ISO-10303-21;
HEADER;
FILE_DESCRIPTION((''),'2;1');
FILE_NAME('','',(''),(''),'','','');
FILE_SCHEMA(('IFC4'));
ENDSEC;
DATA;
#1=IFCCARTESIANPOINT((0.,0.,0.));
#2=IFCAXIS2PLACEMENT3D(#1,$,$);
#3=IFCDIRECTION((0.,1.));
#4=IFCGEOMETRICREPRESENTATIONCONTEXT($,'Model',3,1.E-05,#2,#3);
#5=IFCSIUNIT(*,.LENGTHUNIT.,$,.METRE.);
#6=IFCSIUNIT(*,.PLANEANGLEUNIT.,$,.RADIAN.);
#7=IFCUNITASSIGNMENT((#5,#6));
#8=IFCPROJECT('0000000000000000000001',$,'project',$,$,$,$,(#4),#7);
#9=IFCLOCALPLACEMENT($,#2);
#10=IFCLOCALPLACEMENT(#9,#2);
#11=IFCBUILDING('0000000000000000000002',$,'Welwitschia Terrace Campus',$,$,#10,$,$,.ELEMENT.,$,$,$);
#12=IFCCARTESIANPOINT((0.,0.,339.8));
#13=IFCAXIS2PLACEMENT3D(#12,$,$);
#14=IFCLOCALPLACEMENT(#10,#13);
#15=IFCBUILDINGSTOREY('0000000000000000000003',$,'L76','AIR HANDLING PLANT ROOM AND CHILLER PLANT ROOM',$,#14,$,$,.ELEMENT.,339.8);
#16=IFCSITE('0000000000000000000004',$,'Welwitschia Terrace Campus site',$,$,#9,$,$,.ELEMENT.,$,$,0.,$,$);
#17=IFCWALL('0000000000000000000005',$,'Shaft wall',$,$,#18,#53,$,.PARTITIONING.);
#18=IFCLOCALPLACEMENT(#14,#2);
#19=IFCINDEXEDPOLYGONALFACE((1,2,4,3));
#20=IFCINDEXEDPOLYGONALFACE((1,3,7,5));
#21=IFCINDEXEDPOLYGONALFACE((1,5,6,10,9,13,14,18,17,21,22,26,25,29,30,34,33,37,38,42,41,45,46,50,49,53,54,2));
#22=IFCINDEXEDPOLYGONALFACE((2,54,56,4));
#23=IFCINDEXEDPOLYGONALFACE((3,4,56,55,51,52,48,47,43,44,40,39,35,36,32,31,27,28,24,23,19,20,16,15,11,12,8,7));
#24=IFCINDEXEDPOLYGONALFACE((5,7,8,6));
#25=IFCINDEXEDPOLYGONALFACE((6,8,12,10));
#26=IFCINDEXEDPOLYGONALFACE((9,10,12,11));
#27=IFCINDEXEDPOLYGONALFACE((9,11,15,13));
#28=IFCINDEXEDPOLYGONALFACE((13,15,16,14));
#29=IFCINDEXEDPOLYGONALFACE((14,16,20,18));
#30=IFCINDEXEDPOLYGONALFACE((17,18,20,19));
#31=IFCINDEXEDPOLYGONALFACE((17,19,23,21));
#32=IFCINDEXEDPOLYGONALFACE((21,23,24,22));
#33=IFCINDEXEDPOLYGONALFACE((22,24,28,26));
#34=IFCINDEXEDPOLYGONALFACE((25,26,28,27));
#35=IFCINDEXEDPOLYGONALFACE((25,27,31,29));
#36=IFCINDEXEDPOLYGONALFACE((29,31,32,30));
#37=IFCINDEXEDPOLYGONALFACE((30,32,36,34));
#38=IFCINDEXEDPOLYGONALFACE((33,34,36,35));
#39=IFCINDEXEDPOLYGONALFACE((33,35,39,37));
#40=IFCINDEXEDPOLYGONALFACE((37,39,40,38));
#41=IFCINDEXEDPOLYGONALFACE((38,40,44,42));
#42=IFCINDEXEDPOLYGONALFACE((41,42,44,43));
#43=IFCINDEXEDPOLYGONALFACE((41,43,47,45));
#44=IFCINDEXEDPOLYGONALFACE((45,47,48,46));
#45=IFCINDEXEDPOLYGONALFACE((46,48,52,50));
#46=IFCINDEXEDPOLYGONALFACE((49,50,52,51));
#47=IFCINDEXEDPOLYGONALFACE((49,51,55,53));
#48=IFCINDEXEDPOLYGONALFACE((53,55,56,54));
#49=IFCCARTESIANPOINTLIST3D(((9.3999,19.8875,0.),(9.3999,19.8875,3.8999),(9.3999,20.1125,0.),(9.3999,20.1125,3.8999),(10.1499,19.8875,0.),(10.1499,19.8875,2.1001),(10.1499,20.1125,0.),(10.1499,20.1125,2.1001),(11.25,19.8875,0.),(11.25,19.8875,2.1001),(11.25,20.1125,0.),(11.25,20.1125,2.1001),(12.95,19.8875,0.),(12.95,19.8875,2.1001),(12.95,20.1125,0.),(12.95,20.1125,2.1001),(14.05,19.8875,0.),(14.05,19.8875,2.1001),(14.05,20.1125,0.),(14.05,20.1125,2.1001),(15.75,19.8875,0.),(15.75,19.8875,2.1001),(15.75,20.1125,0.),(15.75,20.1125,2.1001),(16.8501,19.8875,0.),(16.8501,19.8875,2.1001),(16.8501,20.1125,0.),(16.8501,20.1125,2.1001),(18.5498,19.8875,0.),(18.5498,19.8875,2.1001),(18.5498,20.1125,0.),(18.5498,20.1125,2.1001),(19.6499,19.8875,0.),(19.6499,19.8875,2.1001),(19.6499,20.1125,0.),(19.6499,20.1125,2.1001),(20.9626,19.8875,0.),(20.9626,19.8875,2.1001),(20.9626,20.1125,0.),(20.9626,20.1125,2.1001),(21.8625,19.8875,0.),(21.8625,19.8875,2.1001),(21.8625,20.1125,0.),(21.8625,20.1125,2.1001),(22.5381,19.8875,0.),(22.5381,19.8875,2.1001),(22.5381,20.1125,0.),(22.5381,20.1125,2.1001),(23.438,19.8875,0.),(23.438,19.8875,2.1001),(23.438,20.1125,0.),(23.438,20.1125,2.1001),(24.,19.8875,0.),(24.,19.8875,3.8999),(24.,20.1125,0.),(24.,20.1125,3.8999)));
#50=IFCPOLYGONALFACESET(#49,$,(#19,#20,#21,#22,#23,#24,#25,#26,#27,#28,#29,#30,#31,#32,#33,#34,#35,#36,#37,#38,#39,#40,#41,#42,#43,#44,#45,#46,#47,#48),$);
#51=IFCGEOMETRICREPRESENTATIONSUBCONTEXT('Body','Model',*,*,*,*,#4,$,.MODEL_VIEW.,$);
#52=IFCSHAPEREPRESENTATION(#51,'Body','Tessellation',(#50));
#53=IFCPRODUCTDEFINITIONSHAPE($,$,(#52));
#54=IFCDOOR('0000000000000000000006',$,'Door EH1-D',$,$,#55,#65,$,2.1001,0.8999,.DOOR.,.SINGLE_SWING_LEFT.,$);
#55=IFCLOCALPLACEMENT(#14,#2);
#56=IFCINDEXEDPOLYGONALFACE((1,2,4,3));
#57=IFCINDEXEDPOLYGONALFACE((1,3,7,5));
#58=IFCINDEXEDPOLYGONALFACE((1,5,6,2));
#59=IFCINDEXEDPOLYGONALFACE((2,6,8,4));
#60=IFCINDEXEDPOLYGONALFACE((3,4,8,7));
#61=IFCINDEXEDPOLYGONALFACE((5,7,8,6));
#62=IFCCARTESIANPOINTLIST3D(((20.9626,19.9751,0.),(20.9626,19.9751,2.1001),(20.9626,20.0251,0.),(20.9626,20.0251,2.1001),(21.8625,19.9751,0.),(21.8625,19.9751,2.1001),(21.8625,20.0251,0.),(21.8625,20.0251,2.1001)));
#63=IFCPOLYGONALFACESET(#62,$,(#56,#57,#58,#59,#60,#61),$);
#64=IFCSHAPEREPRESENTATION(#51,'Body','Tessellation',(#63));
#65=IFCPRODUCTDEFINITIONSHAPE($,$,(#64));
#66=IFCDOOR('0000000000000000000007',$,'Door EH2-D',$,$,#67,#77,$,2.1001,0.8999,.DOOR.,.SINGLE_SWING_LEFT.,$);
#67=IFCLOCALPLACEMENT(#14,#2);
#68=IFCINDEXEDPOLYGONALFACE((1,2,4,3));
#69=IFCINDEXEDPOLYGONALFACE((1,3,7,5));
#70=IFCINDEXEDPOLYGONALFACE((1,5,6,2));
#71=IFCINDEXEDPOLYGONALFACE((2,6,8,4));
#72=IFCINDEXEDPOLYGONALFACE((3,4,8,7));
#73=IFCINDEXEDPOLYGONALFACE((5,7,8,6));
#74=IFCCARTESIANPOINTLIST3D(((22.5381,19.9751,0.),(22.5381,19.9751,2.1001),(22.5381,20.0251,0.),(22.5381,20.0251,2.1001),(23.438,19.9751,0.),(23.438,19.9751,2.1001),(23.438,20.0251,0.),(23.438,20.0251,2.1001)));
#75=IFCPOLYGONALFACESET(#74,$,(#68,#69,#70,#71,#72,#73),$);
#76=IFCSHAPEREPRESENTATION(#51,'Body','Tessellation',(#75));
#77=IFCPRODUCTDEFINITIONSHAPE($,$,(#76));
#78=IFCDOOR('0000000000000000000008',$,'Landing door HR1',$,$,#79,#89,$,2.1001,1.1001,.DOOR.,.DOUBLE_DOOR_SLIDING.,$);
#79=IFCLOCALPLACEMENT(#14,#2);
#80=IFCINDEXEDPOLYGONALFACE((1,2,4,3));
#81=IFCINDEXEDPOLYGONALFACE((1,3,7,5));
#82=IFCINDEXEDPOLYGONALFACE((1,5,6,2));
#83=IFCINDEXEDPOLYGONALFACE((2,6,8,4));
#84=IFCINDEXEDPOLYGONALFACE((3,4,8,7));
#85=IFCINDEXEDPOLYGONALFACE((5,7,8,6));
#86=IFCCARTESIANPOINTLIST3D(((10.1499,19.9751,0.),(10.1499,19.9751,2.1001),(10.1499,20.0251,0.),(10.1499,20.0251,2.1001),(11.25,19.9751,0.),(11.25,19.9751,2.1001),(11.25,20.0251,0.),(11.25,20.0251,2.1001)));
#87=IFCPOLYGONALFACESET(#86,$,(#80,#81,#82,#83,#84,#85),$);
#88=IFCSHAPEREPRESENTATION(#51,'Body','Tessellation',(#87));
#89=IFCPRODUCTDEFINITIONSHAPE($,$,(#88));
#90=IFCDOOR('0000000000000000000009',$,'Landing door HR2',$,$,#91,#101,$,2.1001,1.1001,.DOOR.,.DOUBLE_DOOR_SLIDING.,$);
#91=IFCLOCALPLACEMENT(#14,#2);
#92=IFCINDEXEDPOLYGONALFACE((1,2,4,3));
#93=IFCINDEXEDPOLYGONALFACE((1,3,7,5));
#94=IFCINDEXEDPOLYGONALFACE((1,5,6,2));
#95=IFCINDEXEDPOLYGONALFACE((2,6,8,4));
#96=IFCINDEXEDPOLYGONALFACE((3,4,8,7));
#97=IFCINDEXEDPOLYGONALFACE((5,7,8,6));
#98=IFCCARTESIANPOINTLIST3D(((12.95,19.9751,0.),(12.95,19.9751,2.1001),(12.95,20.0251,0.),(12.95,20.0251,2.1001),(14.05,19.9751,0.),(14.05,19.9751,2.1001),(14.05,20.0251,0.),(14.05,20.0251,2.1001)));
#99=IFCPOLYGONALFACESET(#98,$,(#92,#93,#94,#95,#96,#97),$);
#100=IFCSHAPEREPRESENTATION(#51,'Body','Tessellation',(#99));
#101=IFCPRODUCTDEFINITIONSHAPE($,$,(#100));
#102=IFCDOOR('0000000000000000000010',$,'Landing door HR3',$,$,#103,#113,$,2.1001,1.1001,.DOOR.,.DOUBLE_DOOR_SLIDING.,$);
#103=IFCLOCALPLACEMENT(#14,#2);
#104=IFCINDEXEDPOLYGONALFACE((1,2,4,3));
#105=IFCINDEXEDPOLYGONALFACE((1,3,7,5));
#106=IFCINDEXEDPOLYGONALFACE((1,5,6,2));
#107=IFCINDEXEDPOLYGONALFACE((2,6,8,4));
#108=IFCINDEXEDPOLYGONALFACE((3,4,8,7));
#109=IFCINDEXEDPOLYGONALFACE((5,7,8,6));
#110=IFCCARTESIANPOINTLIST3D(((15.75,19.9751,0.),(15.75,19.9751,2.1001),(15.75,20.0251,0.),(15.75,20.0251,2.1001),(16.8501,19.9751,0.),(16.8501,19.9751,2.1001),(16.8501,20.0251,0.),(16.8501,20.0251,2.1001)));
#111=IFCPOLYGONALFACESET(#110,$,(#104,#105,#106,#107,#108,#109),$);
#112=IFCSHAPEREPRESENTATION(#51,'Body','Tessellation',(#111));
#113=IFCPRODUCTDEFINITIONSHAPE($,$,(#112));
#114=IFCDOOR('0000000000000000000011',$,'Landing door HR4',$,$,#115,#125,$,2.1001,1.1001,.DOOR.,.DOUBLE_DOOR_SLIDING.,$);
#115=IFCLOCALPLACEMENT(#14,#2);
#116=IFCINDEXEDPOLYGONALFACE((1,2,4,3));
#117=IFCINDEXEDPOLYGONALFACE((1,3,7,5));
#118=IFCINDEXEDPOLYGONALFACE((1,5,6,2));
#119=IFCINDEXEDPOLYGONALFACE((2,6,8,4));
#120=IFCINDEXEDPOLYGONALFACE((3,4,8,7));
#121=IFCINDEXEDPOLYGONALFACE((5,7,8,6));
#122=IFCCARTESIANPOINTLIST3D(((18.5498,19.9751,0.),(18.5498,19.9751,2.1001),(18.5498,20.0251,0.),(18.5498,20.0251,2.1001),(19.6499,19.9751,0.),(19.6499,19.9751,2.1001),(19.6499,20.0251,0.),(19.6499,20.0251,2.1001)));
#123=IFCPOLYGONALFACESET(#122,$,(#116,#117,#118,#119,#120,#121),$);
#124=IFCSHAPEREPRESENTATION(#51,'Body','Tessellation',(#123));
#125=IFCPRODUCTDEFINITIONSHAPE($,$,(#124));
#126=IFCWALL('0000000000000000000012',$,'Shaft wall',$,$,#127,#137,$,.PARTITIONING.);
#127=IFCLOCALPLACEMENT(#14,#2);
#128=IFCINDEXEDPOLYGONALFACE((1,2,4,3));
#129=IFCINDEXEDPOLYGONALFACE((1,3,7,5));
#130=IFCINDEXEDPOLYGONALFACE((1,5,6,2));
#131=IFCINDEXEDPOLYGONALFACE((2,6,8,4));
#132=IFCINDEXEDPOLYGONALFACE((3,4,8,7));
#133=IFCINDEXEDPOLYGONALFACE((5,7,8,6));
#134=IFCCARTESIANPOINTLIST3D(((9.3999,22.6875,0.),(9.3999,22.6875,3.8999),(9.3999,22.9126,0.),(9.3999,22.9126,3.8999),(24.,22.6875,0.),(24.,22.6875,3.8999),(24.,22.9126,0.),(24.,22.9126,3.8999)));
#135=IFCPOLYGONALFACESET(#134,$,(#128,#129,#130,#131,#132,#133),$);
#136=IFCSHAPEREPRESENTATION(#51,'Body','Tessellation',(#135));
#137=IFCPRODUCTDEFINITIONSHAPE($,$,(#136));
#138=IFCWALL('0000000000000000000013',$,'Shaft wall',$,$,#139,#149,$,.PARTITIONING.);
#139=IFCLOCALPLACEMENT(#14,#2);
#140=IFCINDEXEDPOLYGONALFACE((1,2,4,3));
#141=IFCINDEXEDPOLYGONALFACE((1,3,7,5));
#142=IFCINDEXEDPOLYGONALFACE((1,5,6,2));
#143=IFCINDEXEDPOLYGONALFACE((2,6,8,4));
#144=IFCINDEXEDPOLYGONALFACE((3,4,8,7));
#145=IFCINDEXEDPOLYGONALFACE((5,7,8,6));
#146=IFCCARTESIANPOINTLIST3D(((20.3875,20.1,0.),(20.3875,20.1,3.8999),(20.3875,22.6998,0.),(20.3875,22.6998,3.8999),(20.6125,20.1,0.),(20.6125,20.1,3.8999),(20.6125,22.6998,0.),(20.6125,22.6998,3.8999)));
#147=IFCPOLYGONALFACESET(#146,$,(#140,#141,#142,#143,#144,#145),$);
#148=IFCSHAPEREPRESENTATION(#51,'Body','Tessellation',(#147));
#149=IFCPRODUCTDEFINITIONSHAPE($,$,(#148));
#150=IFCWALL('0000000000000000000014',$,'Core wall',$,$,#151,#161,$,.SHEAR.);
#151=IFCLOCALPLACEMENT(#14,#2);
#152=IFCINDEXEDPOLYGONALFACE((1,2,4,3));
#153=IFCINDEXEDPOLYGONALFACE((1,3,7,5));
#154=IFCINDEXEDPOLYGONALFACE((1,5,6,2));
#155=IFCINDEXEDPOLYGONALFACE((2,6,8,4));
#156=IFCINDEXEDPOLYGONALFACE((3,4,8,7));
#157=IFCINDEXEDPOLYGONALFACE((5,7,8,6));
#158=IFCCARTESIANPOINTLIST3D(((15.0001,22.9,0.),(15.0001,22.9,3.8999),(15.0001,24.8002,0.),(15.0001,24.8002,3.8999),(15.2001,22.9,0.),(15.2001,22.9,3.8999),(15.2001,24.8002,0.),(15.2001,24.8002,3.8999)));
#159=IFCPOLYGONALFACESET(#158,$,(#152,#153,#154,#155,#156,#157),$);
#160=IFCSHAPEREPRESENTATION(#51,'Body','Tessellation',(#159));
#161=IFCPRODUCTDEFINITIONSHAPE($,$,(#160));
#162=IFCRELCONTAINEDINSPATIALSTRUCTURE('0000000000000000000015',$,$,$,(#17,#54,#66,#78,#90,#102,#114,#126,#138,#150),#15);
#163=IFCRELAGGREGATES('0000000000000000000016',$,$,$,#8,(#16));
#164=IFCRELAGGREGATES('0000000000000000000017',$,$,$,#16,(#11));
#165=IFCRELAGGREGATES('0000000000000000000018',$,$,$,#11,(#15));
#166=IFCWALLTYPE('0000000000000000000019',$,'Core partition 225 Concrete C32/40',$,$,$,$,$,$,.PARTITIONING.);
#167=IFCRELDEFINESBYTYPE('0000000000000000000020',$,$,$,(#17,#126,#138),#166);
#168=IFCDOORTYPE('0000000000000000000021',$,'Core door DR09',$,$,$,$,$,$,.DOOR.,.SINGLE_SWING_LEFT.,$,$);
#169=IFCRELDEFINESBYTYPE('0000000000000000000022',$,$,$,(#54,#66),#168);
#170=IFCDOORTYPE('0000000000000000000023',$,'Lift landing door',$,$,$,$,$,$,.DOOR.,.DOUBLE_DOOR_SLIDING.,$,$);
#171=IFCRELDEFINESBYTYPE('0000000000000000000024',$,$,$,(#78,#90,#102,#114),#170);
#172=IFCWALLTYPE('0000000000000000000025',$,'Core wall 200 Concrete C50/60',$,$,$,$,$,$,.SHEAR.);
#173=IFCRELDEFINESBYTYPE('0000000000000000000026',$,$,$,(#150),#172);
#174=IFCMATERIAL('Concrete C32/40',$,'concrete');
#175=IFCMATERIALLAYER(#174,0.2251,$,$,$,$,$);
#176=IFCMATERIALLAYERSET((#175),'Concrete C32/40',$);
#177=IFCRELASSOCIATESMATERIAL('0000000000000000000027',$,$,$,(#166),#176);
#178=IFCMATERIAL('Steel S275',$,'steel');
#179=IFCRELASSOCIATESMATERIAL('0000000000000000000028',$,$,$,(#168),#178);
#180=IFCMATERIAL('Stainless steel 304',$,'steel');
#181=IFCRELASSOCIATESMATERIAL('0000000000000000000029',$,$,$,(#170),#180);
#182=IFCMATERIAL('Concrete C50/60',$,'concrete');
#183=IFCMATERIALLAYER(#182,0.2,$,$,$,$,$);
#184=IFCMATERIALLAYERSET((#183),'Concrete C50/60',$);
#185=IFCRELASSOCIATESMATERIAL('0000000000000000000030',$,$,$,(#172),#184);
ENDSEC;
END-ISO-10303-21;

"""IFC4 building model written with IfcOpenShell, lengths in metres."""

from ifc_helpers import new_model, si_unit, direction, frame, frame_2d, origin, place, context, subcontext, project, spatial, rectangle, extrude, material, layer, layer_set, type_object, element, fill, save


model = new_model("IFC4")

# Units and contexts
model_context = context("Model", 3, precision=1e-05, world=origin(), true_north=direction((0.0, 1.0)))
body_context = subcontext(model_context, "Body", "Model", "MODEL_VIEW")
ifc_project = project(units=[si_unit("LENGTHUNIT", "METRE"), si_unit("PLANEANGLEUNIT", "RADIAN")], contexts=[model_context])

# Site, building, storey
site_placement = place(None, origin())
site = spatial("IfcSite", under=ifc_project, at=site_placement, Name="Welwitschia Terrace Campus site", CompositionType="ELEMENT", RefElevation=0.0)
building_placement = place(site_placement, origin())
building = spatial("IfcBuilding", under=site, at=building_placement, Name="Welwitschia Terrace Campus", CompositionType="ELEMENT")
storey_placement = place(building_placement, frame((0.0, 0.0, 339.8)))
storey = spatial("IfcBuildingStorey", under=building, at=storey_placement, Name="L76", Description="AIR HANDLING PLANT ROOM AND CHILLER PLANT ROOM", CompositionType="ELEMENT", Elevation=339.8)

# Wall, openings, doors
ifc_material_1 = material(Name="Concrete C32/40", Category="concrete")
ifc_layer_1 = layer(ifc_material_1, 0.2251)
ifc_layer_set_1 = layer_set([ifc_layer_1], Name="Concrete C32/40")
wall_type_1 = type_object("IfcWallType", Name="Core partition 225 Concrete C32/40", PredefinedType="PARTITIONING", material=ifc_layer_set_1)
wall_1_placement = place(storey_placement, frame((24.0, 20.0, 0.0), z_axis=(0.0, 0.0, 1.0), x_axis=(-1.0, 0.0, 0.0)))
wall_1 = element("IfcWall", 1, at=wall_1_placement, inside=storey, type_object=wall_type_1, Name="Shaft wall", PredefinedType="PARTITIONING", context=body_context, shape_type="SweptSolid", body=[
    extrude(rectangle(XDim=14.6001, YDim=0.2251, at=frame_2d((7.3, 0.0))), origin(), (0.0, 0.0, 1.0), 3.8999),
])
opening_1_placement = place(wall_1_placement, frame((12.75, 0.0, 0.0)))
opening_1 = element("IfcOpeningElement", 2, at=opening_1_placement, cuts=wall_1, PredefinedType="OPENING", context=body_context, shape_type="SweptSolid", body=[
    extrude(rectangle(XDim=1.1001, YDim=2.1001, at=frame_2d((0.55, 1.05))), frame((0.0, 0.1226, 0.0), z_axis=(0.0, -1.0, 0.0), x_axis=(1.0, 0.0, 0.0)), (0.0, 0.0, 1.0), 0.2451),
])
opening_2_placement = place(wall_1_placement, frame((9.95, 0.0, 0.0)))
opening_2 = element("IfcOpeningElement", 3, at=opening_2_placement, cuts=wall_1, PredefinedType="OPENING", context=body_context, shape_type="SweptSolid", body=[
    extrude(rectangle(XDim=1.1001, YDim=2.1001, at=frame_2d((0.55, 1.05))), frame((0.0, 0.1226, 0.0), z_axis=(0.0, -1.0, 0.0), x_axis=(1.0, 0.0, 0.0)), (0.0, 0.0, 1.0), 0.2451),
])
opening_3_placement = place(wall_1_placement, frame((7.1499, 0.0, 0.0)))
opening_3 = element("IfcOpeningElement", 4, at=opening_3_placement, cuts=wall_1, PredefinedType="OPENING", context=body_context, shape_type="SweptSolid", body=[
    extrude(rectangle(XDim=1.1001, YDim=2.1001, at=frame_2d((0.55, 1.05))), frame((0.0, 0.1226, 0.0), z_axis=(0.0, -1.0, 0.0), x_axis=(1.0, 0.0, 0.0)), (0.0, 0.0, 1.0), 0.2451),
])
opening_4_placement = place(wall_1_placement, frame((4.3501, 0.0, 0.0)))
opening_4 = element("IfcOpeningElement", 5, at=opening_4_placement, cuts=wall_1, PredefinedType="OPENING", context=body_context, shape_type="SweptSolid", body=[
    extrude(rectangle(XDim=1.1001, YDim=2.1001, at=frame_2d((0.55, 1.05))), frame((0.0, 0.1226, 0.0), z_axis=(0.0, -1.0, 0.0), x_axis=(1.0, 0.0, 0.0)), (0.0, 0.0, 1.0), 0.2451),
])
opening_5_placement = place(wall_1_placement, frame((2.1375, 0.0, 0.0)))
opening_5 = element("IfcOpeningElement", 6, at=opening_5_placement, cuts=wall_1, PredefinedType="OPENING", context=body_context, shape_type="SweptSolid", body=[
    extrude(rectangle(XDim=0.8999, YDim=2.1001, at=frame_2d((0.45, 1.05))), frame((0.0, 0.1226, 0.0), z_axis=(0.0, -1.0, 0.0), x_axis=(1.0, 0.0, 0.0)), (0.0, 0.0, 1.0), 0.2451),
])
opening_6_placement = place(wall_1_placement, frame((0.562, 0.0, 0.0)))
opening_6 = element("IfcOpeningElement", 7, at=opening_6_placement, cuts=wall_1, PredefinedType="OPENING", context=body_context, shape_type="SweptSolid", body=[
    extrude(rectangle(XDim=0.8999, YDim=2.1001, at=frame_2d((0.45, 1.05))), frame((0.0, 0.1226, 0.0), z_axis=(0.0, -1.0, 0.0), x_axis=(1.0, 0.0, 0.0)), (0.0, 0.0, 1.0), 0.2451),
])
ifc_material_2 = material(Name="Steel S275", Category="steel")
door_type_1 = type_object("IfcDoorType", Name="Core door DR09", OperationType="SINGLE_SWING_LEFT", PredefinedType="DOOR", material=ifc_material_2)
door_1_placement = place(opening_5_placement, origin())
door_1 = element("IfcDoor", 8, at=door_1_placement, inside=storey, type_object=door_type_1, Name="Door EH1-D", OperationType="SINGLE_SWING_LEFT", OverallHeight=2.1001, OverallWidth=0.8999, PredefinedType="DOOR", context=body_context, shape_type="SweptSolid", body=[
    extrude(rectangle(XDim=0.8999, YDim=2.1001, at=frame_2d((0.45, 1.05))), frame((0.0, 0.0249, 0.0), z_axis=(0.0, -1.0, 0.0), x_axis=(1.0, 0.0, 0.0)), (0.0, 0.0, 1.0), 0.05),
])
fill(opening_5, door_1)
door_2_placement = place(opening_6_placement, origin())
door_2 = element("IfcDoor", 9, at=door_2_placement, inside=storey, type_object=door_type_1, Name="Door EH2-D", OperationType="SINGLE_SWING_LEFT", OverallHeight=2.1001, OverallWidth=0.8999, PredefinedType="DOOR", context=body_context, shape_type="SweptSolid", body=[
    extrude(rectangle(XDim=0.8999, YDim=2.1001, at=frame_2d((0.45, 1.05))), frame((0.0, 0.0249, 0.0), z_axis=(0.0, -1.0, 0.0), x_axis=(1.0, 0.0, 0.0)), (0.0, 0.0, 1.0), 0.05),
])
fill(opening_6, door_2)
ifc_material_3 = material(Name="Stainless steel 304", Category="steel")
door_type_2 = type_object("IfcDoorType", Name="Lift landing door", OperationType="DOUBLE_DOOR_SLIDING", PredefinedType="DOOR", material=ifc_material_3)
door_3_placement = place(opening_1_placement, origin())
door_3 = element("IfcDoor", 10, at=door_3_placement, inside=storey, type_object=door_type_2, Name="Landing door HR1", OperationType="DOUBLE_DOOR_SLIDING", OverallHeight=2.1001, OverallWidth=1.1001, PredefinedType="DOOR", context=body_context, shape_type="SweptSolid", body=[
    extrude(rectangle(XDim=1.1001, YDim=2.1001, at=frame_2d((0.55, 1.05))), frame((0.0, 0.0249, 0.0), z_axis=(0.0, -1.0, 0.0), x_axis=(1.0, 0.0, 0.0)), (0.0, 0.0, 1.0), 0.05),
])
fill(opening_1, door_3)
door_4_placement = place(opening_2_placement, origin())
door_4 = element("IfcDoor", 11, at=door_4_placement, inside=storey, type_object=door_type_2, Name="Landing door HR2", OperationType="DOUBLE_DOOR_SLIDING", OverallHeight=2.1001, OverallWidth=1.1001, PredefinedType="DOOR", context=body_context, shape_type="SweptSolid", body=[
    extrude(rectangle(XDim=1.1001, YDim=2.1001, at=frame_2d((0.55, 1.05))), frame((0.0, 0.0249, 0.0), z_axis=(0.0, -1.0, 0.0), x_axis=(1.0, 0.0, 0.0)), (0.0, 0.0, 1.0), 0.05),
])
fill(opening_2, door_4)
door_5_placement = place(opening_3_placement, origin())
door_5 = element("IfcDoor", 12, at=door_5_placement, inside=storey, type_object=door_type_2, Name="Landing door HR3", OperationType="DOUBLE_DOOR_SLIDING", OverallHeight=2.1001, OverallWidth=1.1001, PredefinedType="DOOR", context=body_context, shape_type="SweptSolid", body=[
    extrude(rectangle(XDim=1.1001, YDim=2.1001, at=frame_2d((0.55, 1.05))), frame((0.0, 0.0249, 0.0), z_axis=(0.0, -1.0, 0.0), x_axis=(1.0, 0.0, 0.0)), (0.0, 0.0, 1.0), 0.05),
])
fill(opening_3, door_5)
door_6_placement = place(opening_4_placement, origin())
door_6 = element("IfcDoor", 13, at=door_6_placement, inside=storey, type_object=door_type_2, Name="Landing door HR4", OperationType="DOUBLE_DOOR_SLIDING", OverallHeight=2.1001, OverallWidth=1.1001, PredefinedType="DOOR", context=body_context, shape_type="SweptSolid", body=[
    extrude(rectangle(XDim=1.1001, YDim=2.1001, at=frame_2d((0.55, 1.05))), frame((0.0, 0.0249, 0.0), z_axis=(0.0, -1.0, 0.0), x_axis=(1.0, 0.0, 0.0)), (0.0, 0.0, 1.0), 0.05),
])
fill(opening_4, door_6)

# Walls
wall_2_placement = place(storey_placement, frame((9.3999, 22.8, 0.0), z_axis=(0.0, 0.0, 1.0), x_axis=(1.0, 0.0, 0.0)))
element("IfcWall", 14, at=wall_2_placement, inside=storey, type_object=wall_type_1, Name="Shaft wall", PredefinedType="PARTITIONING", context=body_context, shape_type="SweptSolid", body=[
    extrude(rectangle(XDim=14.6001, YDim=0.2251, at=frame_2d((7.3, 0.0))), origin(), (0.0, 0.0, 1.0), 3.8999),
])
wall_3_placement = place(storey_placement, frame((20.5, 20.1001, 0.0), z_axis=(0.0, 0.0, 1.0), x_axis=(0.0, 1.0, 0.0)))
element("IfcWall", 15, at=wall_3_placement, inside=storey, type_object=wall_type_1, Name="Shaft wall", PredefinedType="PARTITIONING", context=body_context, shape_type="SweptSolid", body=[
    extrude(rectangle(XDim=2.5999, YDim=0.2251, at=frame_2d((1.2998, 0.0))), origin(), (0.0, 0.0, 1.0), 3.8999),
])
ifc_material_4 = material(Name="Concrete C50/60", Category="concrete")
ifc_layer_2 = layer(ifc_material_4, 0.2)
ifc_layer_set_2 = layer_set([ifc_layer_2], Name="Concrete C50/60")
wall_type_2 = type_object("IfcWallType", Name="Core wall 200 Concrete C50/60", PredefinedType="SHEAR", material=ifc_layer_set_2)
for number, where, z_axis, x_axis, name in (
    (16, (15.1001, 22.8999, 0.0), (0.0, 0.0, 1.0), (0.0, 1.0, 0.0), "Core wall"),
):
    element("IfcWall", number, at=place(storey_placement, frame(where, z_axis=z_axis, x_axis=x_axis)), inside=storey, type_object=wall_type_2, Name=name, PredefinedType="SHEAR", context=body_context, shape_type="SweptSolid", body=[
        extrude(rectangle(XDim=1.9001, YDim=0.2, at=frame_2d((0.9502, 0.0))), origin(), (0.0, 0.0, 1.0), 3.8999),
    ])

save(model, "model.ifc")
